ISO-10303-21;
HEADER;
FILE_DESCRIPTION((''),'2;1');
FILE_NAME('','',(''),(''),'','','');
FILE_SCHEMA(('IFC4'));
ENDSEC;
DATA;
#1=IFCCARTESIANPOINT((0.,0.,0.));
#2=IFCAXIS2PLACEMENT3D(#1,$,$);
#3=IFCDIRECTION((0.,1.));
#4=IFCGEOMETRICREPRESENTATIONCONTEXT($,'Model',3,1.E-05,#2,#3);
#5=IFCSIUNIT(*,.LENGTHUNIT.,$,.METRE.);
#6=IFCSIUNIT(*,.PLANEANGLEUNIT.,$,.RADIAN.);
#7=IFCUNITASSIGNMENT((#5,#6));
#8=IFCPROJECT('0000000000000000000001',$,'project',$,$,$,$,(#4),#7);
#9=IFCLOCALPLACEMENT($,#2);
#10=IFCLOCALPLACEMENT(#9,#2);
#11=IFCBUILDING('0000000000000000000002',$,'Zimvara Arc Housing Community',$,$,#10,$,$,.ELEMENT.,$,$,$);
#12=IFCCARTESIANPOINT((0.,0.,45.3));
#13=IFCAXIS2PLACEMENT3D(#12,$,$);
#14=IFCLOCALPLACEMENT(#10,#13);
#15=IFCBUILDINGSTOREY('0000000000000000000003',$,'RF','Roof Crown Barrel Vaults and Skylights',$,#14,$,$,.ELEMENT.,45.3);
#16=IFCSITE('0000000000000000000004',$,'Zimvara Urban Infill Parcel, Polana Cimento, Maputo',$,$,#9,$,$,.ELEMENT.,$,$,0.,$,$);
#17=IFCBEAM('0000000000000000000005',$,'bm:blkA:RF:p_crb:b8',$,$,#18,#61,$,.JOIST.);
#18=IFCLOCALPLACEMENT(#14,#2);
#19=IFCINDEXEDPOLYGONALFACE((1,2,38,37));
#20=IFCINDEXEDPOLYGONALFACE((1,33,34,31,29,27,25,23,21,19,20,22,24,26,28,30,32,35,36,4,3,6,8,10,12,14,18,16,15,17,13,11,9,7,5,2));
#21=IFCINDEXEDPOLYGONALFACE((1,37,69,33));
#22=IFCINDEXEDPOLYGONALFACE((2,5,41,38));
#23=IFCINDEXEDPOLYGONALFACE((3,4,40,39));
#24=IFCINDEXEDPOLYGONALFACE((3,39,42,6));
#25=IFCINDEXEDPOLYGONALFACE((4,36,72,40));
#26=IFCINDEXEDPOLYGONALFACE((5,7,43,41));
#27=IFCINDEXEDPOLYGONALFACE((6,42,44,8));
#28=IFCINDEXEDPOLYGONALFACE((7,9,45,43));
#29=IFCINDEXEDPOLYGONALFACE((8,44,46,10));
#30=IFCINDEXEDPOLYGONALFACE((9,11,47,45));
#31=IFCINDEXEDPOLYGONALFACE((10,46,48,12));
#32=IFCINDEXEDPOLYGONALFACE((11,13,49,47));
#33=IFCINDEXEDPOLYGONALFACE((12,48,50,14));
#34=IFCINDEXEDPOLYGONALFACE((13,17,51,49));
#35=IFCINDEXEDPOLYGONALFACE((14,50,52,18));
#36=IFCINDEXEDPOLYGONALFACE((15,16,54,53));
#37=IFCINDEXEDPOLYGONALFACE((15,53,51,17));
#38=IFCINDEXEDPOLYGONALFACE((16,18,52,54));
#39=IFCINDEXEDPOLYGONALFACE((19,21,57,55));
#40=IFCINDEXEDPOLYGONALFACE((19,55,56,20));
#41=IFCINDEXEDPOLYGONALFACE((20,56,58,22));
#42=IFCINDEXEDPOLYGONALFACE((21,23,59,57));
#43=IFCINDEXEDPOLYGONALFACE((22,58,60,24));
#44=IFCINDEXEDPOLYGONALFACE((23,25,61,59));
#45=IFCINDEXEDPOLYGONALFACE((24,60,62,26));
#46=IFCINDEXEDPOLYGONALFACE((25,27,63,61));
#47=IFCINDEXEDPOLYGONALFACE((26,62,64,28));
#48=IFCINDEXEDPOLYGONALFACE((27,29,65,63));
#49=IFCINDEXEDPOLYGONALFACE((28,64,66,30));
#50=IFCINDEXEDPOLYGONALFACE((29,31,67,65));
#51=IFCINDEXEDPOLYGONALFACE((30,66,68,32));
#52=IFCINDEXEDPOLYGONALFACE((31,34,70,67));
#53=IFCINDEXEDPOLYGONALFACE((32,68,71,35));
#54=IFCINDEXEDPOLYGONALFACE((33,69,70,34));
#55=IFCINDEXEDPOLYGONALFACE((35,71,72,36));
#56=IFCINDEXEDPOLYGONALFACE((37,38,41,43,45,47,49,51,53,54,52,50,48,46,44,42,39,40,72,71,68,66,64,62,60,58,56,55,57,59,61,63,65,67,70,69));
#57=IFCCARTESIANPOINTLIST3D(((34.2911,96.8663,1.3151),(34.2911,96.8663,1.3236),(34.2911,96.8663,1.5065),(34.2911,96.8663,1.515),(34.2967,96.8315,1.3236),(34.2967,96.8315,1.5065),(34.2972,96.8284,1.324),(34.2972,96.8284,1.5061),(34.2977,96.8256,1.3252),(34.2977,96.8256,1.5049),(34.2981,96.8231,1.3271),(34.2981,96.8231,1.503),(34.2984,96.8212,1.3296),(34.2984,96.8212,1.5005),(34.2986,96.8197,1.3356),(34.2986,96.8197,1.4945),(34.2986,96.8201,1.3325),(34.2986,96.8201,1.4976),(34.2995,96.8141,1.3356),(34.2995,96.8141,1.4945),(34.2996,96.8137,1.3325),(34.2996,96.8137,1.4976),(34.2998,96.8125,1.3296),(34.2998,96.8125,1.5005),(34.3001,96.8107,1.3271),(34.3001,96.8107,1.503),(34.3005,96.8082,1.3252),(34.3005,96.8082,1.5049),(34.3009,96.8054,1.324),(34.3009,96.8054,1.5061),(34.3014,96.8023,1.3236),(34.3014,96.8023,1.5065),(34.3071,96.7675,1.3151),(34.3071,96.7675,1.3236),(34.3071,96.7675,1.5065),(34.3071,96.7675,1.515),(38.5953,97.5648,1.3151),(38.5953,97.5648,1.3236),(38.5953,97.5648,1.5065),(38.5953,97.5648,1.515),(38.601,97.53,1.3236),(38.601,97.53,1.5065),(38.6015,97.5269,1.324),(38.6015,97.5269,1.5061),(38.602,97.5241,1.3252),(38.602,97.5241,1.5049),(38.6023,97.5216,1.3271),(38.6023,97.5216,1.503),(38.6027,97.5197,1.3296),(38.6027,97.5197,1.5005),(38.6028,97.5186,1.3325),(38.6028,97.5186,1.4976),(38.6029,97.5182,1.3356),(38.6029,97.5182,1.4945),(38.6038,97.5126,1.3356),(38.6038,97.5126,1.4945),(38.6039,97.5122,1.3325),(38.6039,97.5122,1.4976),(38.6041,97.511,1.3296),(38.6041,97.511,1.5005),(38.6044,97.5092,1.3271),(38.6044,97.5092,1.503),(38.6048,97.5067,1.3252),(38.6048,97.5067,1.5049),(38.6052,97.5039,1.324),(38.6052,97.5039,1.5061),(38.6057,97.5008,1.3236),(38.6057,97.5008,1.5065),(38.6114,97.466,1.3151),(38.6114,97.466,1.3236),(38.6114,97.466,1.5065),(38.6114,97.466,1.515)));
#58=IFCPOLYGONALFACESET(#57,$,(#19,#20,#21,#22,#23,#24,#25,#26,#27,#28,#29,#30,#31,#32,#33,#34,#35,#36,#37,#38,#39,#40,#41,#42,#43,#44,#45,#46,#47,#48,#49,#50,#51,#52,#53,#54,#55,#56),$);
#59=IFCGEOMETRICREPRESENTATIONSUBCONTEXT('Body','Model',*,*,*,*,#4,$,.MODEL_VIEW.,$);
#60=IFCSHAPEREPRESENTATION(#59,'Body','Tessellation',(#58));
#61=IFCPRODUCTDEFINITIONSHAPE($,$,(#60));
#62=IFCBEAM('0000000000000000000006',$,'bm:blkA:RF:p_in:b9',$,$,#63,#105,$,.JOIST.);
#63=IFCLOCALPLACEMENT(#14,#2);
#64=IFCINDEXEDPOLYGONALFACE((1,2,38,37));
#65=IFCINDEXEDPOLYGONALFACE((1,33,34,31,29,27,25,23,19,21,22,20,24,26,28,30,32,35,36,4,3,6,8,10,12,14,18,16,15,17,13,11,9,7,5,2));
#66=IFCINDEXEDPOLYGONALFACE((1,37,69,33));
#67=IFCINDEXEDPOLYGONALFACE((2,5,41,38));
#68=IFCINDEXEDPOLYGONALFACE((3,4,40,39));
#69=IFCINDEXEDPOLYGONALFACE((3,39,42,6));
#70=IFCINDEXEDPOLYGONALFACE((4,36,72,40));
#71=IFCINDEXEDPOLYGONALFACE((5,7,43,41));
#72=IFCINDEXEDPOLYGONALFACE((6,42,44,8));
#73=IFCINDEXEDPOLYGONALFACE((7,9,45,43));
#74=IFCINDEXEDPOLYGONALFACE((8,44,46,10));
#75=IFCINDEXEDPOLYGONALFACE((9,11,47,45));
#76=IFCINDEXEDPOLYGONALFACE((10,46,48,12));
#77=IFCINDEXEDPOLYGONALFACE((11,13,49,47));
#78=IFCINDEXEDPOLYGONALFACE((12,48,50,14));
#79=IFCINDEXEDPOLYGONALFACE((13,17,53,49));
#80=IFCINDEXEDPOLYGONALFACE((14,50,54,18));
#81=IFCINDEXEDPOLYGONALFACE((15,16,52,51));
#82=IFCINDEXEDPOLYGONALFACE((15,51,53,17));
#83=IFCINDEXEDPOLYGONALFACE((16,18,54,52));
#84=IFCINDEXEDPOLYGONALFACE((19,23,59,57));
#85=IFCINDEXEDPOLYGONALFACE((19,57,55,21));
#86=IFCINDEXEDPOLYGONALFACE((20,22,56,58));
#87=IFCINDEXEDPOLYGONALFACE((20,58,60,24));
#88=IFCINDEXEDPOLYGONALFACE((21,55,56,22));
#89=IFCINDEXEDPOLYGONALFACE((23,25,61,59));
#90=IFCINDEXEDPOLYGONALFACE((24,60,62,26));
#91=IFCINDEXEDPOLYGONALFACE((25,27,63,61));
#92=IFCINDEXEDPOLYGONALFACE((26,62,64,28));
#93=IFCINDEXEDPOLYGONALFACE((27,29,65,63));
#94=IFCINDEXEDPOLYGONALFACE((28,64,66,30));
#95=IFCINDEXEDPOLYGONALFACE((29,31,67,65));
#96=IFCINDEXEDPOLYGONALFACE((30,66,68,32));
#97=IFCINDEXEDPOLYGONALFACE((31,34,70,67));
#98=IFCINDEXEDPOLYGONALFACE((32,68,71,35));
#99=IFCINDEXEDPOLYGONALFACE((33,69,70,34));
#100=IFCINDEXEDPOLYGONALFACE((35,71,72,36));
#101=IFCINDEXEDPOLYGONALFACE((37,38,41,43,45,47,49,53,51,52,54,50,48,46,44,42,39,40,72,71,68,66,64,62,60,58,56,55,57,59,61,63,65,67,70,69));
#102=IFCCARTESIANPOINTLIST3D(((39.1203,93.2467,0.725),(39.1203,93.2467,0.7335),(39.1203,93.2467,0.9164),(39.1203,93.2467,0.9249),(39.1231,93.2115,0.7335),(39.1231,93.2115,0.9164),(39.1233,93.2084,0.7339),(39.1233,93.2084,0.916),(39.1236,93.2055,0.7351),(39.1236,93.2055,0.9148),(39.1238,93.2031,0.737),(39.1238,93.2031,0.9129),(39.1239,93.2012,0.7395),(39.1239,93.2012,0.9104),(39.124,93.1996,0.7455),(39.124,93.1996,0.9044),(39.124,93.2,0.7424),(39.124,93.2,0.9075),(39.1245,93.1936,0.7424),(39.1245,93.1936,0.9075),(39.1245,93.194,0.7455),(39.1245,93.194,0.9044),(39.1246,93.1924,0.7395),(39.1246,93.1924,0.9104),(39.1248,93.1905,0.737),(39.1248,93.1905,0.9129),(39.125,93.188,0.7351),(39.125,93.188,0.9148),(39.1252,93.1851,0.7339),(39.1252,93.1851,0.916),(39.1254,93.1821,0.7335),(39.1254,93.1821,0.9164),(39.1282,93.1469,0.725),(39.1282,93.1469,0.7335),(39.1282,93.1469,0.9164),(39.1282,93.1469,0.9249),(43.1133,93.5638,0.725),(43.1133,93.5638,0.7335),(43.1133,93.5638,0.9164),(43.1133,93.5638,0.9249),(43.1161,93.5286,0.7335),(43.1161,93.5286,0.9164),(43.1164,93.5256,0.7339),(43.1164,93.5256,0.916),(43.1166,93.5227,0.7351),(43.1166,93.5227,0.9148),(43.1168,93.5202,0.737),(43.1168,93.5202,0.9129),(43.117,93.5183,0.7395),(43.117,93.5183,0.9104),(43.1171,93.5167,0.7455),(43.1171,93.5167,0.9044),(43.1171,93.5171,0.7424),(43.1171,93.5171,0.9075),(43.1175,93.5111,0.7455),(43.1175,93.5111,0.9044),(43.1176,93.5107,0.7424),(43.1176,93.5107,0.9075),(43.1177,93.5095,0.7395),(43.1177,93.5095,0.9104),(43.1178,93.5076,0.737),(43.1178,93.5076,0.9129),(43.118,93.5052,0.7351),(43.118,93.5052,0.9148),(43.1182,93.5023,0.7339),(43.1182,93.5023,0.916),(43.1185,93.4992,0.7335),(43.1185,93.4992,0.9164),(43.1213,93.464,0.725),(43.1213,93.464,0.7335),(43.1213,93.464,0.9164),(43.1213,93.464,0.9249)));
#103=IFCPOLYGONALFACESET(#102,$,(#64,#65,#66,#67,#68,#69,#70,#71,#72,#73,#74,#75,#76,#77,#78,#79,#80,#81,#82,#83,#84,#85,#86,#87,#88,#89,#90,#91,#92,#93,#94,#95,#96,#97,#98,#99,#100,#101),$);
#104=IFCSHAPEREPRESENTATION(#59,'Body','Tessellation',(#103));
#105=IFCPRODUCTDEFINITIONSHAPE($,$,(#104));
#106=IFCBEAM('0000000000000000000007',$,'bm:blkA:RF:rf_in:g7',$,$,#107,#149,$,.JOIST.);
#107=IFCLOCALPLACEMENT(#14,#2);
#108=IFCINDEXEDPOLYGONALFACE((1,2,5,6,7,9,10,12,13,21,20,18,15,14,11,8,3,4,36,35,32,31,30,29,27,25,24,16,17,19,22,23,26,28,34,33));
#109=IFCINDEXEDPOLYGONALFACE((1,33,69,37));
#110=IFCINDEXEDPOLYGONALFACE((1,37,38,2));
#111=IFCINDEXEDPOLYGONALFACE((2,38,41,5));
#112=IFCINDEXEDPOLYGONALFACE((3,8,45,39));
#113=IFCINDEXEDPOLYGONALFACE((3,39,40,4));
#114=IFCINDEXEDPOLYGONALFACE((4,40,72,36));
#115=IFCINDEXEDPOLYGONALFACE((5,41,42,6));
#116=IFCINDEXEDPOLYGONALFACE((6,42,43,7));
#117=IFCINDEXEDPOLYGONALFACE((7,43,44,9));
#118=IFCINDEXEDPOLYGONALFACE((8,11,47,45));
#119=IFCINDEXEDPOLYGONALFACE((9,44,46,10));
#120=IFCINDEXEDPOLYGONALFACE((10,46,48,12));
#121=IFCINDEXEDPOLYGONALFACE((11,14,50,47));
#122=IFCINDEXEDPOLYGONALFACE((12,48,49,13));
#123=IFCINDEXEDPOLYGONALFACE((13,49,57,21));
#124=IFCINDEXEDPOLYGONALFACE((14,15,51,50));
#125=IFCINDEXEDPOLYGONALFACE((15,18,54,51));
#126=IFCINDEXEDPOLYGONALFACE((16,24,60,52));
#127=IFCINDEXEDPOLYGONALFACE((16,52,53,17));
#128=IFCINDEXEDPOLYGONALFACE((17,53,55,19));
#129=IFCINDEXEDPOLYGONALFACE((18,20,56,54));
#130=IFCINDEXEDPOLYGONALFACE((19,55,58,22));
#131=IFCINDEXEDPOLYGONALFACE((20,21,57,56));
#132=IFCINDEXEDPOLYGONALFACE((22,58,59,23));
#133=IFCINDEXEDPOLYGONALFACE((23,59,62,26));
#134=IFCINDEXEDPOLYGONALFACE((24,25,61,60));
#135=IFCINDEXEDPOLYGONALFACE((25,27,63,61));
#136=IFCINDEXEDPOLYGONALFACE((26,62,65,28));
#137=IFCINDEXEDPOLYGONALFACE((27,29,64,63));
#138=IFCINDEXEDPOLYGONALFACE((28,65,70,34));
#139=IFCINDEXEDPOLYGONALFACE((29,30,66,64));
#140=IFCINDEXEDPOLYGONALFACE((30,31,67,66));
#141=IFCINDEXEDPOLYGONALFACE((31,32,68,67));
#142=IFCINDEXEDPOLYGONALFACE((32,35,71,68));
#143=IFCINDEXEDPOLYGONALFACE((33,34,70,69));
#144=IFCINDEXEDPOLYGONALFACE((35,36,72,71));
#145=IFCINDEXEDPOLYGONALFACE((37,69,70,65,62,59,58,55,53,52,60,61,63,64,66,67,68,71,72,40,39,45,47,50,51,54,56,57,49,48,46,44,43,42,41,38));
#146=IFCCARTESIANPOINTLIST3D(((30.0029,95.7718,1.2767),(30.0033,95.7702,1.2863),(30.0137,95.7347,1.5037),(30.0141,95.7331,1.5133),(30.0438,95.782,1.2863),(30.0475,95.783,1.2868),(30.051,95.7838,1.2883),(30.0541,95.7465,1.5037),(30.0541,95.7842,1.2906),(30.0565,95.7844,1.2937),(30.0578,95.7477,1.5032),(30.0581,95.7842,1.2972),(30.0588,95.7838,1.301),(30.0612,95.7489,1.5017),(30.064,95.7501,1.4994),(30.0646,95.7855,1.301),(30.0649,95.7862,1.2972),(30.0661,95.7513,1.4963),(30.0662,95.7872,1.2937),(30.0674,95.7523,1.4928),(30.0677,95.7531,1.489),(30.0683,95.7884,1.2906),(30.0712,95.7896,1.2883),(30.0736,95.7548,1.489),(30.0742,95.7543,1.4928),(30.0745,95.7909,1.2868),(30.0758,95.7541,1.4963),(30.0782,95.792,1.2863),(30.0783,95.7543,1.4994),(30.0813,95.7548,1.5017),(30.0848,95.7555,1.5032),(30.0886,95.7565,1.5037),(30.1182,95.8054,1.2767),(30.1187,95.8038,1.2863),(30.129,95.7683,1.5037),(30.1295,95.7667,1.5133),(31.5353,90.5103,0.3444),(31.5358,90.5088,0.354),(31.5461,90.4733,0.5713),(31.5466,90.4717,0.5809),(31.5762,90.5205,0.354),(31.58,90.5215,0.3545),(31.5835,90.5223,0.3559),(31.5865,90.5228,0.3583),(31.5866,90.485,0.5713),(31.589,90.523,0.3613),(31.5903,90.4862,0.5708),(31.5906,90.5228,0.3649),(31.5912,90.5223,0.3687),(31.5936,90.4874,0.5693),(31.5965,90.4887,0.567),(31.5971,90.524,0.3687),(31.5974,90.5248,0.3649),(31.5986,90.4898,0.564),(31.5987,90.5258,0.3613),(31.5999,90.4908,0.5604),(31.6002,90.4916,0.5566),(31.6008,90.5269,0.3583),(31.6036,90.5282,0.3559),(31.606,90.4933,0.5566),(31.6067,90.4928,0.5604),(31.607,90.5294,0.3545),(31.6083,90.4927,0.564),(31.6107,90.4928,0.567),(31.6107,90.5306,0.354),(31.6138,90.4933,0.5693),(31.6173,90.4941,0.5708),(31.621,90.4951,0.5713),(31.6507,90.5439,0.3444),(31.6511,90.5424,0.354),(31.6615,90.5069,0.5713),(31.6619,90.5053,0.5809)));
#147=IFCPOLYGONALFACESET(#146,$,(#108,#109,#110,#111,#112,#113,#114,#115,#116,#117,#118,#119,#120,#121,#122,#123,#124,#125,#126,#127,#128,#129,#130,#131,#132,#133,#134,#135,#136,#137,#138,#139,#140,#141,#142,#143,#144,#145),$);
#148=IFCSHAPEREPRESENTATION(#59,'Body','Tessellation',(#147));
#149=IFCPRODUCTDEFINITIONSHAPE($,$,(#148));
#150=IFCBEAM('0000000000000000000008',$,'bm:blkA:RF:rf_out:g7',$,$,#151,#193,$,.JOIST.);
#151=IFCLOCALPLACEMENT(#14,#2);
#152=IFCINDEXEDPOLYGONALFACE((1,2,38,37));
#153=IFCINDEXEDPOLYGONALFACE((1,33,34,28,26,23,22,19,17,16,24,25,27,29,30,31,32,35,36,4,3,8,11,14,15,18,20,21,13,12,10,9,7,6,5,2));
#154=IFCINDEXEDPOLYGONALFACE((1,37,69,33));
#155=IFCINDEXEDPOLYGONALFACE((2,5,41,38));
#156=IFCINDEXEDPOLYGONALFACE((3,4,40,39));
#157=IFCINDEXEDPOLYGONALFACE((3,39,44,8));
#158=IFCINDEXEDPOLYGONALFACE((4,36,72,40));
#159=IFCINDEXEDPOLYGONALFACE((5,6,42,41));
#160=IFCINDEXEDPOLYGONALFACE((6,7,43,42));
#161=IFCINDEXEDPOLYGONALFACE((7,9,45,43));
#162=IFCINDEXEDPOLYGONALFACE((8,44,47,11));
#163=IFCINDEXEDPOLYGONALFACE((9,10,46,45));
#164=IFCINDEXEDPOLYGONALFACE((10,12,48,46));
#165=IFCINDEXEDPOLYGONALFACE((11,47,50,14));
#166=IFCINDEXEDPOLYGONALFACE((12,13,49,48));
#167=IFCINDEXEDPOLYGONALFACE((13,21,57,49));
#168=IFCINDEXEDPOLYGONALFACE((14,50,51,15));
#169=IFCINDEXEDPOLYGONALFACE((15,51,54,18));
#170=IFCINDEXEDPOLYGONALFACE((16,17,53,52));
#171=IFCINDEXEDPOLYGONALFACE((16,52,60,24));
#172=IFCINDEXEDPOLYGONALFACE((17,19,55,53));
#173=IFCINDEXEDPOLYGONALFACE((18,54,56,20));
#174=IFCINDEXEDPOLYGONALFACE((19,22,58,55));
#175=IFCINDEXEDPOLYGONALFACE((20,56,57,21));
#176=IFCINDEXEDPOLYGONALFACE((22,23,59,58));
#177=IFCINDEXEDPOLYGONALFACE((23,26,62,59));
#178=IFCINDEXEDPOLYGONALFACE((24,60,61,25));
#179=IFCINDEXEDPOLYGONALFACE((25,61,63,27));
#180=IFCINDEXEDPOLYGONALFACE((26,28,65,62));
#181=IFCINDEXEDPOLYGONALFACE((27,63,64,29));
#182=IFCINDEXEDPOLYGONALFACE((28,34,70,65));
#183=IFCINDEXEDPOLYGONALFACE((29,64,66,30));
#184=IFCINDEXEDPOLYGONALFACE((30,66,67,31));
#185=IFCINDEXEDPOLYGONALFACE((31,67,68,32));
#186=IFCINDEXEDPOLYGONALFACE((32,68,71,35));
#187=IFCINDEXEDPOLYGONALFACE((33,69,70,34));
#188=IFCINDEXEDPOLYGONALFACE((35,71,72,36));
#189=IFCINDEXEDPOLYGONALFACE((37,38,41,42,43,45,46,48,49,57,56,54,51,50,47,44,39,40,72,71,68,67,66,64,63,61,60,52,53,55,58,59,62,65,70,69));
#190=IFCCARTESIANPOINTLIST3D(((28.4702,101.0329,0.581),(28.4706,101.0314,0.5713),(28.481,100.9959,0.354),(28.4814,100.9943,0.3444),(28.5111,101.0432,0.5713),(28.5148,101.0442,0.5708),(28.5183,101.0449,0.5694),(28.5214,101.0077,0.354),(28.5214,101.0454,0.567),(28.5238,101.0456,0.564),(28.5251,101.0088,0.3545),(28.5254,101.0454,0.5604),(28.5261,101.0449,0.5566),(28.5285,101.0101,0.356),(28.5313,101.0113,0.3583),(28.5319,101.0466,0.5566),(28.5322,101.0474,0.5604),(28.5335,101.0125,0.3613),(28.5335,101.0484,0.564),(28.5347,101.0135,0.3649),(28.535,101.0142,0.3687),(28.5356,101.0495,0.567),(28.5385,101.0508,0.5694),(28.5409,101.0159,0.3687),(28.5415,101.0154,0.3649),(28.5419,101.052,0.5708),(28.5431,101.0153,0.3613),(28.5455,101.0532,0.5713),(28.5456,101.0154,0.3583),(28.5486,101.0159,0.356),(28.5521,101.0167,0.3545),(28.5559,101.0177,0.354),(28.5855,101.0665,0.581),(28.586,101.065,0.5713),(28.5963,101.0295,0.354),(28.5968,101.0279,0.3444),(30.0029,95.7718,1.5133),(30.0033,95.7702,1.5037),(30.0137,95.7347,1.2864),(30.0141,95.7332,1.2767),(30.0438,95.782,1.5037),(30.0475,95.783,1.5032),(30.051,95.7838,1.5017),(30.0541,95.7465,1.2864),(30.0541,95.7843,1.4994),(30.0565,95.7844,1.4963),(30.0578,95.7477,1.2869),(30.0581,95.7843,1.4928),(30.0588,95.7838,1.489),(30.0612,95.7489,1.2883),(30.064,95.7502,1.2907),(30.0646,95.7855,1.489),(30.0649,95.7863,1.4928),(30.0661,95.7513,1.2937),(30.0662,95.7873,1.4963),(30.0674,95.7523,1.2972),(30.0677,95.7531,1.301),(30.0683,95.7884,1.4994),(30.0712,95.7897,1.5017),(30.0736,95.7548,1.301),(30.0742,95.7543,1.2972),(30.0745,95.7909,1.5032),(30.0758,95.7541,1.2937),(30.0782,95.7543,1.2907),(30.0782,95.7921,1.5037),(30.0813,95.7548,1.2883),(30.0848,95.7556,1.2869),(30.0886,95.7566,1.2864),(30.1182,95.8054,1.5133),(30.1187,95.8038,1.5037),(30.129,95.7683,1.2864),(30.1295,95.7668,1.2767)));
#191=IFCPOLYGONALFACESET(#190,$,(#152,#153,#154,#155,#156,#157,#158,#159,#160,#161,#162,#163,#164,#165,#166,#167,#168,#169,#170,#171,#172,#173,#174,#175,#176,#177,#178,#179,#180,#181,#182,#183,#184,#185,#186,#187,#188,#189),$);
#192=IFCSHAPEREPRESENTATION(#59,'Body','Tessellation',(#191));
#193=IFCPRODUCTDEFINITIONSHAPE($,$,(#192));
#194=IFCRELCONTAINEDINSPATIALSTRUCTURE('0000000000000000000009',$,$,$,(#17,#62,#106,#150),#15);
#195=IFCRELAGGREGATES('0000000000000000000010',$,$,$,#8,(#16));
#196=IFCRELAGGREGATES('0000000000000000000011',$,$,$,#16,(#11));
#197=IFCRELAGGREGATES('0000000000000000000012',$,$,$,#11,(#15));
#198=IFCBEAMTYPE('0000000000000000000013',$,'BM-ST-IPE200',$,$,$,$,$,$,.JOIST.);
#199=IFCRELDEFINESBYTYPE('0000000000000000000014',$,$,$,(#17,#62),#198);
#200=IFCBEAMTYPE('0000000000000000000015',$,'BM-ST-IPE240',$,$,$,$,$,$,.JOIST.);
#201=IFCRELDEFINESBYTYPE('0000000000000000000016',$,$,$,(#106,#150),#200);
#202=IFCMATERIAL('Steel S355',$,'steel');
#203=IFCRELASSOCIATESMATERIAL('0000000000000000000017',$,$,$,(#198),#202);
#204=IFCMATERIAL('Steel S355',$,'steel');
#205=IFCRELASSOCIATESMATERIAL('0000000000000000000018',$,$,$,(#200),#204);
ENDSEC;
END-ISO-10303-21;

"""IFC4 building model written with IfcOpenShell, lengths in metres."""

from ifc_helpers import new_model, si_unit, direction, frame, origin, origin_2d, place, context, subcontext, project, spatial, i_section, extrude, material, material_profile, profile_set, type_object, element, save


model = new_model("IFC4")

# Units and contexts
model_context = context("Model", 3, precision=1e-05, world=origin(), true_north=direction((0.0, 1.0)))
body_context = subcontext(model_context, "Body", "Model", "MODEL_VIEW")
ifc_project = project(units=[si_unit("LENGTHUNIT", "METRE"), si_unit("PLANEANGLEUNIT", "RADIAN")], contexts=[model_context])

# Site, building, storey
site_placement = place(None, origin())
site = spatial("IfcSite", under=ifc_project, at=site_placement, Name="Zimvara Urban Infill Parcel, Polana Cimento, Maputo", CompositionType="ELEMENT", RefElevation=0.0)
building_placement = place(site_placement, origin())
building = spatial("IfcBuilding", under=site, at=building_placement, Name="Zimvara Arc Housing Community", CompositionType="ELEMENT")
storey_placement = place(building_placement, frame((0.0, 0.0, 45.3)))
storey = spatial("IfcBuildingStorey", under=building, at=storey_placement, Name="RF", Description="Roof Crown Barrel Vaults and Skylights", CompositionType="ELEMENT", Elevation=45.3)

# Beams
ifc_material_1 = material(Name="Steel S355", Category="steel")
ifc_material_profile_1 = material_profile(ifc_material_1, i_section(OverallWidth=0.1001, OverallDepth=0.2, WebThickness=0.0056, FlangeThickness=0.0085, FilletRadius=0.012, at=origin_2d()), Name="IPE 200")
ifc_profile_set_1 = profile_set([ifc_material_profile_1], Name="Steel S355")
beam_type_1 = type_object("IfcBeamType", Name="BM-ST-IPE200", PredefinedType="JOIST", material=ifc_profile_set_1)
beam_1_placement = place(storey_placement, frame((34.2991, 96.8169, 1.415), z_axis=(0.987087, 0.160185, 0.0), x_axis=(-0.160185, 0.987087, 0.0)))
element("IfcBeam", 1, at=beam_1_placement, inside=storey, type_object=beam_type_1, Name="bm:blkA:RF:p_crb:b8", PredefinedType="JOIST", context=body_context, shape_type="SweptSolid", body=[
    extrude(i_section(OverallWidth=0.1001, OverallDepth=0.2, WebThickness=0.0056, FlangeThickness=0.0085, FilletRadius=0.012, at=origin_2d()), origin(), (0.0, 0.0, 1.0), 4.3606),
])
beam_2_placement = place(storey_placement, frame((39.1243, 93.1968, 0.825), z_axis=(0.996861, 0.079176, 0.0), x_axis=(-0.079176, 0.996861, 0.0)))
element("IfcBeam", 2, at=beam_2_placement, inside=storey, type_object=beam_type_1, Name="bm:blkA:RF:p_in:b9", PredefinedType="JOIST", context=body_context, shape_type="SweptSolid", body=[
    extrude(i_section(OverallWidth=0.1001, OverallDepth=0.2, WebThickness=0.0056, FlangeThickness=0.0085, FilletRadius=0.012, at=origin_2d()), origin(), (0.0, 0.0, 1.0), 4.0056),
])
ifc_material_2 = material(Name="Steel S355", Category="steel")
ifc_material_profile_2 = material_profile(ifc_material_2, i_section(OverallWidth=0.1201, OverallDepth=0.24, WebThickness=0.0061, FlangeThickness=0.0098, FilletRadius=0.0149, at=origin_2d()), Name="IPE 240")
ifc_profile_set_2 = profile_set([ifc_material_profile_2], Name="Steel S355")
beam_type_2 = type_object("IfcBeamType", Name="BM-ST-IPE240", PredefinedType="JOIST", material=ifc_profile_set_2)
beam_3_placement = place(storey_placement, frame((31.5986, 90.5078, 0.4626), z_axis=(-0.275681, 0.946503, 0.167727), x_axis=(-0.960104, -0.279642, 0.0)))
element("IfcBeam", 3, at=beam_3_placement, inside=storey, type_object=beam_type_2, Name="bm:blkA:RF:rf_in:g7", PredefinedType="JOIST", context=body_context, shape_type="SweptSolid", body=[
    extrude(i_section(OverallWidth=0.1201, OverallDepth=0.24, WebThickness=0.0061, FlangeThickness=0.0098, FilletRadius=0.0149, at=origin_2d()), origin(), (0.0, 0.0, 1.0), 5.5588),
])
beam_4_placement = place(storey_placement, frame((30.0662, 95.7693, 1.395), z_axis=(-0.275733, 0.946487, -0.167732), x_axis=(-0.960089, -0.279695, 0.0)))
element("IfcBeam", 4, at=beam_4_placement, inside=storey, type_object=beam_type_2, Name="bm:blkA:RF:rf_out:g7", PredefinedType="JOIST", context=body_context, shape_type="SweptSolid", body=[
    extrude(i_section(OverallWidth=0.1201, OverallDepth=0.24, WebThickness=0.0061, FlangeThickness=0.0098, FilletRadius=0.0149, at=origin_2d()), origin(), (0.0, 0.0, 1.0), 5.5586),
])

save(model, "model.ifc")
